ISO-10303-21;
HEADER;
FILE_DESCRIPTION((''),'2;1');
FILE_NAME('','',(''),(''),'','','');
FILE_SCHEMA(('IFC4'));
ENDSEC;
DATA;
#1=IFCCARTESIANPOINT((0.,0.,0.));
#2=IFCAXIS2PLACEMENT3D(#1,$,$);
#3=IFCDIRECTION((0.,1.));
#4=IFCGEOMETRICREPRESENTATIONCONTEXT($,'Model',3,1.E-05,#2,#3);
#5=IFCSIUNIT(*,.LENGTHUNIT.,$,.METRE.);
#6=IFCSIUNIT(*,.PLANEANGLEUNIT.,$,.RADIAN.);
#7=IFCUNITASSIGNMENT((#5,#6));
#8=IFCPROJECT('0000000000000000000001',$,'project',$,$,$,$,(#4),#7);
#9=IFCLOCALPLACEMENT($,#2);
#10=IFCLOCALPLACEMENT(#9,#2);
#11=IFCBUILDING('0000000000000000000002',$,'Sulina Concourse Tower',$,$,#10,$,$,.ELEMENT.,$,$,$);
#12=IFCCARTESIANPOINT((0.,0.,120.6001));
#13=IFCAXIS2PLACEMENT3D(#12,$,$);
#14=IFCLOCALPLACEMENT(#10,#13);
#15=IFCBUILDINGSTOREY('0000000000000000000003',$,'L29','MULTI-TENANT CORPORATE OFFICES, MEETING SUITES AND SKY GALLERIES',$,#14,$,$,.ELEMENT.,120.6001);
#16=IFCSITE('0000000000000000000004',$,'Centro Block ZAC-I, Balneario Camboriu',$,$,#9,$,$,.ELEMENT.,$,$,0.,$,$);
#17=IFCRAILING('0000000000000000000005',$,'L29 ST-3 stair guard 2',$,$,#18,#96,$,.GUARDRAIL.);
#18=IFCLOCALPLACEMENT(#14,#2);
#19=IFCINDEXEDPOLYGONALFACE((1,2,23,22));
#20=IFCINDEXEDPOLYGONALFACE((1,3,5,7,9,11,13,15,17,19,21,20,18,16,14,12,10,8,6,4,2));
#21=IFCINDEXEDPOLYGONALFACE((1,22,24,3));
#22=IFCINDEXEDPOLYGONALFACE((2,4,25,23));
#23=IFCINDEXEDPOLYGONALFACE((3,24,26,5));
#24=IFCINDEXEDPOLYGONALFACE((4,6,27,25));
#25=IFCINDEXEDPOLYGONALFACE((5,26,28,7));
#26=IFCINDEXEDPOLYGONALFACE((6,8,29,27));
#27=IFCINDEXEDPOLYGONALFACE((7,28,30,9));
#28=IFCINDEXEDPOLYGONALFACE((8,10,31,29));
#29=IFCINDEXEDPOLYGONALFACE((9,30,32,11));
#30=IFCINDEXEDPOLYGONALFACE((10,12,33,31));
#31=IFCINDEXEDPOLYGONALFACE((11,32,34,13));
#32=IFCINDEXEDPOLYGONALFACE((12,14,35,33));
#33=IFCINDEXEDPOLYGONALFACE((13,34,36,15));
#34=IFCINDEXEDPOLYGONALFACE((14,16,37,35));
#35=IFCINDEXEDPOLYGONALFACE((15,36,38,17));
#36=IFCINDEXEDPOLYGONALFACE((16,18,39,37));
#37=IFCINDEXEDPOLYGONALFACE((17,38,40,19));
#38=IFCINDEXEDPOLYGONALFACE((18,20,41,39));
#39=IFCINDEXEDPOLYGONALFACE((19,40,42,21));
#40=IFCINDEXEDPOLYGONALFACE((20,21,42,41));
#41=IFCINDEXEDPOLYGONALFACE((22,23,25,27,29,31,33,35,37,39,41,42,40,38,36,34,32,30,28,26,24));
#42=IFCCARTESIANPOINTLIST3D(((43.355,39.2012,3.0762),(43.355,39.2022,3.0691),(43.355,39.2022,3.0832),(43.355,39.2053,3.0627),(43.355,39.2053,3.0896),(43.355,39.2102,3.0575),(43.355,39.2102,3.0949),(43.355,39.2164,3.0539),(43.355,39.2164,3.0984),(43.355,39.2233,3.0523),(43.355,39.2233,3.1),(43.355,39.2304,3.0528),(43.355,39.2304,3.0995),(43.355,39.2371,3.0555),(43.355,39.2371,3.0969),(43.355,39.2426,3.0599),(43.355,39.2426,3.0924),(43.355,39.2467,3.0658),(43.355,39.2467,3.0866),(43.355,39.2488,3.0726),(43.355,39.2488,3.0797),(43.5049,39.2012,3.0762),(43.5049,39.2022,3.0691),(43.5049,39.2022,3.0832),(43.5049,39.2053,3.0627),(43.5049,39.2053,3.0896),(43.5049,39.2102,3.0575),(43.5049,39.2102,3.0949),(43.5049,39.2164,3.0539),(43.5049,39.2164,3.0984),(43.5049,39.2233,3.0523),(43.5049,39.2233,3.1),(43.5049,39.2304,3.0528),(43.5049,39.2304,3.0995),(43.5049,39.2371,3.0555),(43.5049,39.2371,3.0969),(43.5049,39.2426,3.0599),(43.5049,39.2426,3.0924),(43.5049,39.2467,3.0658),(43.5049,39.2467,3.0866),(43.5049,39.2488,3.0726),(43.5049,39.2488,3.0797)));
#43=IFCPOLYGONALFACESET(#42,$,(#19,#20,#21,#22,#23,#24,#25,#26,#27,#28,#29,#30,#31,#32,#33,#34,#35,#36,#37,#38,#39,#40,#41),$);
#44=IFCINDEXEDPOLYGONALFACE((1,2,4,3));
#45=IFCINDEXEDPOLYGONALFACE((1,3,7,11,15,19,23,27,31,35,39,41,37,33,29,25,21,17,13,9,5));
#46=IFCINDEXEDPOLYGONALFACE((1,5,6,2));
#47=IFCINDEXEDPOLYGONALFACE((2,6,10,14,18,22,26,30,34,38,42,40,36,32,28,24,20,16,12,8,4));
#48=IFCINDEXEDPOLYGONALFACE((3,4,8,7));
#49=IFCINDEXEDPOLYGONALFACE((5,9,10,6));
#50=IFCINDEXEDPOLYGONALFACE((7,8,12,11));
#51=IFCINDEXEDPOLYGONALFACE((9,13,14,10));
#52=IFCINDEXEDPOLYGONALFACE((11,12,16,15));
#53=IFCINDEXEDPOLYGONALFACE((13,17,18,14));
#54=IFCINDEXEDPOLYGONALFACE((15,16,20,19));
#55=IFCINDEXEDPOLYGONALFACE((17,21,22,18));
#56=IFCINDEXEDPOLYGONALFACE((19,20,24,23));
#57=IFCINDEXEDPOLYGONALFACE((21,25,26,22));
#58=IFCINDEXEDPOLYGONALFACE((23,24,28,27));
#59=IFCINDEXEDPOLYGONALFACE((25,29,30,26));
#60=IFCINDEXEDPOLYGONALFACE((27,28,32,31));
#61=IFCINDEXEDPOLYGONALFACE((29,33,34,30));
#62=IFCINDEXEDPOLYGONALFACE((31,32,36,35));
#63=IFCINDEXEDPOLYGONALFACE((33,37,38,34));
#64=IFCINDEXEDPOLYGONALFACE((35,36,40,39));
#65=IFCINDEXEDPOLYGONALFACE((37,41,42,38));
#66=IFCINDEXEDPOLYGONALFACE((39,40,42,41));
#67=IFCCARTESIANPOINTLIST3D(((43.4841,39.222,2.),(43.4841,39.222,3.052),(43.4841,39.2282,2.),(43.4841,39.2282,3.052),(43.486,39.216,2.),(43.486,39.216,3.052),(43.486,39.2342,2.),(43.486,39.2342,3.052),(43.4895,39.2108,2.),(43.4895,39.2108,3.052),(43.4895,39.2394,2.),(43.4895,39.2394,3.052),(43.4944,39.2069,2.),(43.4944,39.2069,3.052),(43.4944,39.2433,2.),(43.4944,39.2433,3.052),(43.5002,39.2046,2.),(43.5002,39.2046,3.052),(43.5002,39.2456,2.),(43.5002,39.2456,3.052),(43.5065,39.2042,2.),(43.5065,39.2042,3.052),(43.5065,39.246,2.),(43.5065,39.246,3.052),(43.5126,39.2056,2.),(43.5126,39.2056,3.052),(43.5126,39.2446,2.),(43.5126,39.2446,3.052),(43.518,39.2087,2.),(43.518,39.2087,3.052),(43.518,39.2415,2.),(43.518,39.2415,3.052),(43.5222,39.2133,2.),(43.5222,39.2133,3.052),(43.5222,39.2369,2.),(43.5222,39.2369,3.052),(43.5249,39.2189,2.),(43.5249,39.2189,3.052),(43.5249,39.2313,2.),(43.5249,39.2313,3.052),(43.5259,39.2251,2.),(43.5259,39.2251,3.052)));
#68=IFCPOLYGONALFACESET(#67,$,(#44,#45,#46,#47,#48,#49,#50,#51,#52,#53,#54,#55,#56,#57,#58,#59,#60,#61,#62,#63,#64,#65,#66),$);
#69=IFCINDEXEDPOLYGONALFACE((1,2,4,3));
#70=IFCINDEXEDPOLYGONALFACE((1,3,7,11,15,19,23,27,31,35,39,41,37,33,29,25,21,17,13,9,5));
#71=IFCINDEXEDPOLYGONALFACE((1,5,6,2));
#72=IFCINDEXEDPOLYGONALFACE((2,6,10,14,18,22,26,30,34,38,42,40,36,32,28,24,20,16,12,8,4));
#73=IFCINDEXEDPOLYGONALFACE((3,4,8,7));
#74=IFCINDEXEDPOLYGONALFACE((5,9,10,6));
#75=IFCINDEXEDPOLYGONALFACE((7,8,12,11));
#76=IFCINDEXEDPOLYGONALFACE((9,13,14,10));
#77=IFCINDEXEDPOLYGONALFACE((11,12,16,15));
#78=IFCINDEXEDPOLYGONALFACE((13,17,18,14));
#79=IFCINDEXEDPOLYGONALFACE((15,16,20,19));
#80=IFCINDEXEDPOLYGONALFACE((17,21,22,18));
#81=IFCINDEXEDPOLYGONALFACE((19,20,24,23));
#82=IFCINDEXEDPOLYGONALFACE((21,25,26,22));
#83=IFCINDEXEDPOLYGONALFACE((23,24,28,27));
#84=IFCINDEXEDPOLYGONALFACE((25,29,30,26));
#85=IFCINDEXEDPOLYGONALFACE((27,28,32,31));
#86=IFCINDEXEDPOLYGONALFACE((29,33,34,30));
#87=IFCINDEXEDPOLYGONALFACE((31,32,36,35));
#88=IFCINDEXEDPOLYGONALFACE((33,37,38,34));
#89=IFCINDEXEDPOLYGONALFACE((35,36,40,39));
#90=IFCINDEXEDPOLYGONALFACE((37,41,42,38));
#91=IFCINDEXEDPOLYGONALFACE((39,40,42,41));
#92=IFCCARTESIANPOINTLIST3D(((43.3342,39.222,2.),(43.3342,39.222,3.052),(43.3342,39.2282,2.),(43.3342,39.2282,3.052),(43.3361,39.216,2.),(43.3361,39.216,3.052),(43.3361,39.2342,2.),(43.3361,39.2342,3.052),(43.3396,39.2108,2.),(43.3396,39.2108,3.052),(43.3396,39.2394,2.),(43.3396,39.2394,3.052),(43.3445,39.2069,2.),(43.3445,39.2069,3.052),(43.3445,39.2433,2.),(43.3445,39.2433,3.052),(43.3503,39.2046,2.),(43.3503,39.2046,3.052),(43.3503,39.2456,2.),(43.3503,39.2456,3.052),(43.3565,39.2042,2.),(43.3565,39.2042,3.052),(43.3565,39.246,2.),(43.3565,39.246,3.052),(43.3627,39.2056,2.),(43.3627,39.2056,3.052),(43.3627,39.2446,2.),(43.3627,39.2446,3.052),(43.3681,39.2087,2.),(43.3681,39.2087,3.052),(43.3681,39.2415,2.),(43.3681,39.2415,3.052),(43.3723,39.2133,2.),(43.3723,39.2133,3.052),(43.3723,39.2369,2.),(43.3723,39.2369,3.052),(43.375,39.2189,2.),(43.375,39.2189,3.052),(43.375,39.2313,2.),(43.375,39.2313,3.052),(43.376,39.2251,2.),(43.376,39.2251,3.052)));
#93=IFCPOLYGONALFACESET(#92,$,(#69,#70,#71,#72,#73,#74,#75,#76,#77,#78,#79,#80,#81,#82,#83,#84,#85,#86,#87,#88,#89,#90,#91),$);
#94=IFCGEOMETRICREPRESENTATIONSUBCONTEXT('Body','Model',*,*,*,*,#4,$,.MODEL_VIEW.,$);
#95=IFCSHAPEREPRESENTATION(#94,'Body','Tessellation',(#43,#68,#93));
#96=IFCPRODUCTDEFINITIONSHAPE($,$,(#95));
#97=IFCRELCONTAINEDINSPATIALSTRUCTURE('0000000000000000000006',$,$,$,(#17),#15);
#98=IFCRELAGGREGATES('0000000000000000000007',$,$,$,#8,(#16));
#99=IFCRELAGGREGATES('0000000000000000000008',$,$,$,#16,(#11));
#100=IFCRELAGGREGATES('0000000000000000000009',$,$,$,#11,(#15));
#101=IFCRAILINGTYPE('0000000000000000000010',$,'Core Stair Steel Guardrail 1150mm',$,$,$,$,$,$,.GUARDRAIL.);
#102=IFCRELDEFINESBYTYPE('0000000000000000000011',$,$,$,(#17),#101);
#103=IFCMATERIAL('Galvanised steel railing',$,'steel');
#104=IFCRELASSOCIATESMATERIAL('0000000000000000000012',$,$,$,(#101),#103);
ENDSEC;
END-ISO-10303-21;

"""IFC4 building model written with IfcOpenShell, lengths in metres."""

from ifc_helpers import new_model, si_unit, direction, frame, origin, origin_2d, place, context, subcontext, project, spatial, circle, extrude, material, type_object, element, save


model = new_model("IFC4")

# Units and contexts
model_context = context("Model", 3, precision=1e-05, world=origin(), true_north=direction((0.0, 1.0)))
body_context = subcontext(model_context, "Body", "Model", "MODEL_VIEW")
ifc_project = project(units=[si_unit("LENGTHUNIT", "METRE"), si_unit("PLANEANGLEUNIT", "RADIAN")], contexts=[model_context])

# Site, building, storey
site_placement = place(None, origin())
site = spatial("IfcSite", under=ifc_project, at=site_placement, Name="Centro Block ZAC-I, Balneario Camboriu", CompositionType="ELEMENT", RefElevation=0.0)
building_placement = place(site_placement, origin())
building = spatial("IfcBuilding", under=site, at=building_placement, Name="Sulina Concourse Tower", CompositionType="ELEMENT")
storey_placement = place(building_placement, frame((0.0, 0.0, 120.6001)))
storey = spatial("IfcBuildingStorey", under=building, at=storey_placement, Name="L29", Description="MULTI-TENANT CORPORATE OFFICES, MEETING SUITES AND SKY GALLERIES", CompositionType="ELEMENT", Elevation=120.6001)

# Railing
ifc_material_1 = material(Name="Galvanised steel railing", Category="steel")
railing_type_1 = type_object("IfcRailingType", Name="Core Stair Steel Guardrail 1150mm", PredefinedType="GUARDRAIL", material=ifc_material_1)
railing_1_placement = place(storey_placement, frame((43.5049, 39.2251, 2.0)))
element("IfcRailing", 1, at=railing_1_placement, inside=storey, type_object=railing_type_1, Name="L29 ST-3 stair guard 2", PredefinedType="GUARDRAIL", context=body_context, shape_type="SweptSolid", body=[
    extrude(circle(Radius=0.0239, at=origin_2d()), frame((0.0, 0.0, 1.0762), z_axis=(-1.0, 0.0, 0.0), x_axis=(0.0, -1.0, 0.0)), (0.0, 0.0, 1.0), 0.1499),
    extrude(circle(Radius=0.021, at=origin_2d()), origin(), (0.0, 0.0, 1.0), 1.052),
    extrude(circle(Radius=0.021, at=origin_2d()), frame((-0.1499, 0.0, 0.0)), (0.0, 0.0, 1.0), 1.052),
])

save(model, "model.ifc")
